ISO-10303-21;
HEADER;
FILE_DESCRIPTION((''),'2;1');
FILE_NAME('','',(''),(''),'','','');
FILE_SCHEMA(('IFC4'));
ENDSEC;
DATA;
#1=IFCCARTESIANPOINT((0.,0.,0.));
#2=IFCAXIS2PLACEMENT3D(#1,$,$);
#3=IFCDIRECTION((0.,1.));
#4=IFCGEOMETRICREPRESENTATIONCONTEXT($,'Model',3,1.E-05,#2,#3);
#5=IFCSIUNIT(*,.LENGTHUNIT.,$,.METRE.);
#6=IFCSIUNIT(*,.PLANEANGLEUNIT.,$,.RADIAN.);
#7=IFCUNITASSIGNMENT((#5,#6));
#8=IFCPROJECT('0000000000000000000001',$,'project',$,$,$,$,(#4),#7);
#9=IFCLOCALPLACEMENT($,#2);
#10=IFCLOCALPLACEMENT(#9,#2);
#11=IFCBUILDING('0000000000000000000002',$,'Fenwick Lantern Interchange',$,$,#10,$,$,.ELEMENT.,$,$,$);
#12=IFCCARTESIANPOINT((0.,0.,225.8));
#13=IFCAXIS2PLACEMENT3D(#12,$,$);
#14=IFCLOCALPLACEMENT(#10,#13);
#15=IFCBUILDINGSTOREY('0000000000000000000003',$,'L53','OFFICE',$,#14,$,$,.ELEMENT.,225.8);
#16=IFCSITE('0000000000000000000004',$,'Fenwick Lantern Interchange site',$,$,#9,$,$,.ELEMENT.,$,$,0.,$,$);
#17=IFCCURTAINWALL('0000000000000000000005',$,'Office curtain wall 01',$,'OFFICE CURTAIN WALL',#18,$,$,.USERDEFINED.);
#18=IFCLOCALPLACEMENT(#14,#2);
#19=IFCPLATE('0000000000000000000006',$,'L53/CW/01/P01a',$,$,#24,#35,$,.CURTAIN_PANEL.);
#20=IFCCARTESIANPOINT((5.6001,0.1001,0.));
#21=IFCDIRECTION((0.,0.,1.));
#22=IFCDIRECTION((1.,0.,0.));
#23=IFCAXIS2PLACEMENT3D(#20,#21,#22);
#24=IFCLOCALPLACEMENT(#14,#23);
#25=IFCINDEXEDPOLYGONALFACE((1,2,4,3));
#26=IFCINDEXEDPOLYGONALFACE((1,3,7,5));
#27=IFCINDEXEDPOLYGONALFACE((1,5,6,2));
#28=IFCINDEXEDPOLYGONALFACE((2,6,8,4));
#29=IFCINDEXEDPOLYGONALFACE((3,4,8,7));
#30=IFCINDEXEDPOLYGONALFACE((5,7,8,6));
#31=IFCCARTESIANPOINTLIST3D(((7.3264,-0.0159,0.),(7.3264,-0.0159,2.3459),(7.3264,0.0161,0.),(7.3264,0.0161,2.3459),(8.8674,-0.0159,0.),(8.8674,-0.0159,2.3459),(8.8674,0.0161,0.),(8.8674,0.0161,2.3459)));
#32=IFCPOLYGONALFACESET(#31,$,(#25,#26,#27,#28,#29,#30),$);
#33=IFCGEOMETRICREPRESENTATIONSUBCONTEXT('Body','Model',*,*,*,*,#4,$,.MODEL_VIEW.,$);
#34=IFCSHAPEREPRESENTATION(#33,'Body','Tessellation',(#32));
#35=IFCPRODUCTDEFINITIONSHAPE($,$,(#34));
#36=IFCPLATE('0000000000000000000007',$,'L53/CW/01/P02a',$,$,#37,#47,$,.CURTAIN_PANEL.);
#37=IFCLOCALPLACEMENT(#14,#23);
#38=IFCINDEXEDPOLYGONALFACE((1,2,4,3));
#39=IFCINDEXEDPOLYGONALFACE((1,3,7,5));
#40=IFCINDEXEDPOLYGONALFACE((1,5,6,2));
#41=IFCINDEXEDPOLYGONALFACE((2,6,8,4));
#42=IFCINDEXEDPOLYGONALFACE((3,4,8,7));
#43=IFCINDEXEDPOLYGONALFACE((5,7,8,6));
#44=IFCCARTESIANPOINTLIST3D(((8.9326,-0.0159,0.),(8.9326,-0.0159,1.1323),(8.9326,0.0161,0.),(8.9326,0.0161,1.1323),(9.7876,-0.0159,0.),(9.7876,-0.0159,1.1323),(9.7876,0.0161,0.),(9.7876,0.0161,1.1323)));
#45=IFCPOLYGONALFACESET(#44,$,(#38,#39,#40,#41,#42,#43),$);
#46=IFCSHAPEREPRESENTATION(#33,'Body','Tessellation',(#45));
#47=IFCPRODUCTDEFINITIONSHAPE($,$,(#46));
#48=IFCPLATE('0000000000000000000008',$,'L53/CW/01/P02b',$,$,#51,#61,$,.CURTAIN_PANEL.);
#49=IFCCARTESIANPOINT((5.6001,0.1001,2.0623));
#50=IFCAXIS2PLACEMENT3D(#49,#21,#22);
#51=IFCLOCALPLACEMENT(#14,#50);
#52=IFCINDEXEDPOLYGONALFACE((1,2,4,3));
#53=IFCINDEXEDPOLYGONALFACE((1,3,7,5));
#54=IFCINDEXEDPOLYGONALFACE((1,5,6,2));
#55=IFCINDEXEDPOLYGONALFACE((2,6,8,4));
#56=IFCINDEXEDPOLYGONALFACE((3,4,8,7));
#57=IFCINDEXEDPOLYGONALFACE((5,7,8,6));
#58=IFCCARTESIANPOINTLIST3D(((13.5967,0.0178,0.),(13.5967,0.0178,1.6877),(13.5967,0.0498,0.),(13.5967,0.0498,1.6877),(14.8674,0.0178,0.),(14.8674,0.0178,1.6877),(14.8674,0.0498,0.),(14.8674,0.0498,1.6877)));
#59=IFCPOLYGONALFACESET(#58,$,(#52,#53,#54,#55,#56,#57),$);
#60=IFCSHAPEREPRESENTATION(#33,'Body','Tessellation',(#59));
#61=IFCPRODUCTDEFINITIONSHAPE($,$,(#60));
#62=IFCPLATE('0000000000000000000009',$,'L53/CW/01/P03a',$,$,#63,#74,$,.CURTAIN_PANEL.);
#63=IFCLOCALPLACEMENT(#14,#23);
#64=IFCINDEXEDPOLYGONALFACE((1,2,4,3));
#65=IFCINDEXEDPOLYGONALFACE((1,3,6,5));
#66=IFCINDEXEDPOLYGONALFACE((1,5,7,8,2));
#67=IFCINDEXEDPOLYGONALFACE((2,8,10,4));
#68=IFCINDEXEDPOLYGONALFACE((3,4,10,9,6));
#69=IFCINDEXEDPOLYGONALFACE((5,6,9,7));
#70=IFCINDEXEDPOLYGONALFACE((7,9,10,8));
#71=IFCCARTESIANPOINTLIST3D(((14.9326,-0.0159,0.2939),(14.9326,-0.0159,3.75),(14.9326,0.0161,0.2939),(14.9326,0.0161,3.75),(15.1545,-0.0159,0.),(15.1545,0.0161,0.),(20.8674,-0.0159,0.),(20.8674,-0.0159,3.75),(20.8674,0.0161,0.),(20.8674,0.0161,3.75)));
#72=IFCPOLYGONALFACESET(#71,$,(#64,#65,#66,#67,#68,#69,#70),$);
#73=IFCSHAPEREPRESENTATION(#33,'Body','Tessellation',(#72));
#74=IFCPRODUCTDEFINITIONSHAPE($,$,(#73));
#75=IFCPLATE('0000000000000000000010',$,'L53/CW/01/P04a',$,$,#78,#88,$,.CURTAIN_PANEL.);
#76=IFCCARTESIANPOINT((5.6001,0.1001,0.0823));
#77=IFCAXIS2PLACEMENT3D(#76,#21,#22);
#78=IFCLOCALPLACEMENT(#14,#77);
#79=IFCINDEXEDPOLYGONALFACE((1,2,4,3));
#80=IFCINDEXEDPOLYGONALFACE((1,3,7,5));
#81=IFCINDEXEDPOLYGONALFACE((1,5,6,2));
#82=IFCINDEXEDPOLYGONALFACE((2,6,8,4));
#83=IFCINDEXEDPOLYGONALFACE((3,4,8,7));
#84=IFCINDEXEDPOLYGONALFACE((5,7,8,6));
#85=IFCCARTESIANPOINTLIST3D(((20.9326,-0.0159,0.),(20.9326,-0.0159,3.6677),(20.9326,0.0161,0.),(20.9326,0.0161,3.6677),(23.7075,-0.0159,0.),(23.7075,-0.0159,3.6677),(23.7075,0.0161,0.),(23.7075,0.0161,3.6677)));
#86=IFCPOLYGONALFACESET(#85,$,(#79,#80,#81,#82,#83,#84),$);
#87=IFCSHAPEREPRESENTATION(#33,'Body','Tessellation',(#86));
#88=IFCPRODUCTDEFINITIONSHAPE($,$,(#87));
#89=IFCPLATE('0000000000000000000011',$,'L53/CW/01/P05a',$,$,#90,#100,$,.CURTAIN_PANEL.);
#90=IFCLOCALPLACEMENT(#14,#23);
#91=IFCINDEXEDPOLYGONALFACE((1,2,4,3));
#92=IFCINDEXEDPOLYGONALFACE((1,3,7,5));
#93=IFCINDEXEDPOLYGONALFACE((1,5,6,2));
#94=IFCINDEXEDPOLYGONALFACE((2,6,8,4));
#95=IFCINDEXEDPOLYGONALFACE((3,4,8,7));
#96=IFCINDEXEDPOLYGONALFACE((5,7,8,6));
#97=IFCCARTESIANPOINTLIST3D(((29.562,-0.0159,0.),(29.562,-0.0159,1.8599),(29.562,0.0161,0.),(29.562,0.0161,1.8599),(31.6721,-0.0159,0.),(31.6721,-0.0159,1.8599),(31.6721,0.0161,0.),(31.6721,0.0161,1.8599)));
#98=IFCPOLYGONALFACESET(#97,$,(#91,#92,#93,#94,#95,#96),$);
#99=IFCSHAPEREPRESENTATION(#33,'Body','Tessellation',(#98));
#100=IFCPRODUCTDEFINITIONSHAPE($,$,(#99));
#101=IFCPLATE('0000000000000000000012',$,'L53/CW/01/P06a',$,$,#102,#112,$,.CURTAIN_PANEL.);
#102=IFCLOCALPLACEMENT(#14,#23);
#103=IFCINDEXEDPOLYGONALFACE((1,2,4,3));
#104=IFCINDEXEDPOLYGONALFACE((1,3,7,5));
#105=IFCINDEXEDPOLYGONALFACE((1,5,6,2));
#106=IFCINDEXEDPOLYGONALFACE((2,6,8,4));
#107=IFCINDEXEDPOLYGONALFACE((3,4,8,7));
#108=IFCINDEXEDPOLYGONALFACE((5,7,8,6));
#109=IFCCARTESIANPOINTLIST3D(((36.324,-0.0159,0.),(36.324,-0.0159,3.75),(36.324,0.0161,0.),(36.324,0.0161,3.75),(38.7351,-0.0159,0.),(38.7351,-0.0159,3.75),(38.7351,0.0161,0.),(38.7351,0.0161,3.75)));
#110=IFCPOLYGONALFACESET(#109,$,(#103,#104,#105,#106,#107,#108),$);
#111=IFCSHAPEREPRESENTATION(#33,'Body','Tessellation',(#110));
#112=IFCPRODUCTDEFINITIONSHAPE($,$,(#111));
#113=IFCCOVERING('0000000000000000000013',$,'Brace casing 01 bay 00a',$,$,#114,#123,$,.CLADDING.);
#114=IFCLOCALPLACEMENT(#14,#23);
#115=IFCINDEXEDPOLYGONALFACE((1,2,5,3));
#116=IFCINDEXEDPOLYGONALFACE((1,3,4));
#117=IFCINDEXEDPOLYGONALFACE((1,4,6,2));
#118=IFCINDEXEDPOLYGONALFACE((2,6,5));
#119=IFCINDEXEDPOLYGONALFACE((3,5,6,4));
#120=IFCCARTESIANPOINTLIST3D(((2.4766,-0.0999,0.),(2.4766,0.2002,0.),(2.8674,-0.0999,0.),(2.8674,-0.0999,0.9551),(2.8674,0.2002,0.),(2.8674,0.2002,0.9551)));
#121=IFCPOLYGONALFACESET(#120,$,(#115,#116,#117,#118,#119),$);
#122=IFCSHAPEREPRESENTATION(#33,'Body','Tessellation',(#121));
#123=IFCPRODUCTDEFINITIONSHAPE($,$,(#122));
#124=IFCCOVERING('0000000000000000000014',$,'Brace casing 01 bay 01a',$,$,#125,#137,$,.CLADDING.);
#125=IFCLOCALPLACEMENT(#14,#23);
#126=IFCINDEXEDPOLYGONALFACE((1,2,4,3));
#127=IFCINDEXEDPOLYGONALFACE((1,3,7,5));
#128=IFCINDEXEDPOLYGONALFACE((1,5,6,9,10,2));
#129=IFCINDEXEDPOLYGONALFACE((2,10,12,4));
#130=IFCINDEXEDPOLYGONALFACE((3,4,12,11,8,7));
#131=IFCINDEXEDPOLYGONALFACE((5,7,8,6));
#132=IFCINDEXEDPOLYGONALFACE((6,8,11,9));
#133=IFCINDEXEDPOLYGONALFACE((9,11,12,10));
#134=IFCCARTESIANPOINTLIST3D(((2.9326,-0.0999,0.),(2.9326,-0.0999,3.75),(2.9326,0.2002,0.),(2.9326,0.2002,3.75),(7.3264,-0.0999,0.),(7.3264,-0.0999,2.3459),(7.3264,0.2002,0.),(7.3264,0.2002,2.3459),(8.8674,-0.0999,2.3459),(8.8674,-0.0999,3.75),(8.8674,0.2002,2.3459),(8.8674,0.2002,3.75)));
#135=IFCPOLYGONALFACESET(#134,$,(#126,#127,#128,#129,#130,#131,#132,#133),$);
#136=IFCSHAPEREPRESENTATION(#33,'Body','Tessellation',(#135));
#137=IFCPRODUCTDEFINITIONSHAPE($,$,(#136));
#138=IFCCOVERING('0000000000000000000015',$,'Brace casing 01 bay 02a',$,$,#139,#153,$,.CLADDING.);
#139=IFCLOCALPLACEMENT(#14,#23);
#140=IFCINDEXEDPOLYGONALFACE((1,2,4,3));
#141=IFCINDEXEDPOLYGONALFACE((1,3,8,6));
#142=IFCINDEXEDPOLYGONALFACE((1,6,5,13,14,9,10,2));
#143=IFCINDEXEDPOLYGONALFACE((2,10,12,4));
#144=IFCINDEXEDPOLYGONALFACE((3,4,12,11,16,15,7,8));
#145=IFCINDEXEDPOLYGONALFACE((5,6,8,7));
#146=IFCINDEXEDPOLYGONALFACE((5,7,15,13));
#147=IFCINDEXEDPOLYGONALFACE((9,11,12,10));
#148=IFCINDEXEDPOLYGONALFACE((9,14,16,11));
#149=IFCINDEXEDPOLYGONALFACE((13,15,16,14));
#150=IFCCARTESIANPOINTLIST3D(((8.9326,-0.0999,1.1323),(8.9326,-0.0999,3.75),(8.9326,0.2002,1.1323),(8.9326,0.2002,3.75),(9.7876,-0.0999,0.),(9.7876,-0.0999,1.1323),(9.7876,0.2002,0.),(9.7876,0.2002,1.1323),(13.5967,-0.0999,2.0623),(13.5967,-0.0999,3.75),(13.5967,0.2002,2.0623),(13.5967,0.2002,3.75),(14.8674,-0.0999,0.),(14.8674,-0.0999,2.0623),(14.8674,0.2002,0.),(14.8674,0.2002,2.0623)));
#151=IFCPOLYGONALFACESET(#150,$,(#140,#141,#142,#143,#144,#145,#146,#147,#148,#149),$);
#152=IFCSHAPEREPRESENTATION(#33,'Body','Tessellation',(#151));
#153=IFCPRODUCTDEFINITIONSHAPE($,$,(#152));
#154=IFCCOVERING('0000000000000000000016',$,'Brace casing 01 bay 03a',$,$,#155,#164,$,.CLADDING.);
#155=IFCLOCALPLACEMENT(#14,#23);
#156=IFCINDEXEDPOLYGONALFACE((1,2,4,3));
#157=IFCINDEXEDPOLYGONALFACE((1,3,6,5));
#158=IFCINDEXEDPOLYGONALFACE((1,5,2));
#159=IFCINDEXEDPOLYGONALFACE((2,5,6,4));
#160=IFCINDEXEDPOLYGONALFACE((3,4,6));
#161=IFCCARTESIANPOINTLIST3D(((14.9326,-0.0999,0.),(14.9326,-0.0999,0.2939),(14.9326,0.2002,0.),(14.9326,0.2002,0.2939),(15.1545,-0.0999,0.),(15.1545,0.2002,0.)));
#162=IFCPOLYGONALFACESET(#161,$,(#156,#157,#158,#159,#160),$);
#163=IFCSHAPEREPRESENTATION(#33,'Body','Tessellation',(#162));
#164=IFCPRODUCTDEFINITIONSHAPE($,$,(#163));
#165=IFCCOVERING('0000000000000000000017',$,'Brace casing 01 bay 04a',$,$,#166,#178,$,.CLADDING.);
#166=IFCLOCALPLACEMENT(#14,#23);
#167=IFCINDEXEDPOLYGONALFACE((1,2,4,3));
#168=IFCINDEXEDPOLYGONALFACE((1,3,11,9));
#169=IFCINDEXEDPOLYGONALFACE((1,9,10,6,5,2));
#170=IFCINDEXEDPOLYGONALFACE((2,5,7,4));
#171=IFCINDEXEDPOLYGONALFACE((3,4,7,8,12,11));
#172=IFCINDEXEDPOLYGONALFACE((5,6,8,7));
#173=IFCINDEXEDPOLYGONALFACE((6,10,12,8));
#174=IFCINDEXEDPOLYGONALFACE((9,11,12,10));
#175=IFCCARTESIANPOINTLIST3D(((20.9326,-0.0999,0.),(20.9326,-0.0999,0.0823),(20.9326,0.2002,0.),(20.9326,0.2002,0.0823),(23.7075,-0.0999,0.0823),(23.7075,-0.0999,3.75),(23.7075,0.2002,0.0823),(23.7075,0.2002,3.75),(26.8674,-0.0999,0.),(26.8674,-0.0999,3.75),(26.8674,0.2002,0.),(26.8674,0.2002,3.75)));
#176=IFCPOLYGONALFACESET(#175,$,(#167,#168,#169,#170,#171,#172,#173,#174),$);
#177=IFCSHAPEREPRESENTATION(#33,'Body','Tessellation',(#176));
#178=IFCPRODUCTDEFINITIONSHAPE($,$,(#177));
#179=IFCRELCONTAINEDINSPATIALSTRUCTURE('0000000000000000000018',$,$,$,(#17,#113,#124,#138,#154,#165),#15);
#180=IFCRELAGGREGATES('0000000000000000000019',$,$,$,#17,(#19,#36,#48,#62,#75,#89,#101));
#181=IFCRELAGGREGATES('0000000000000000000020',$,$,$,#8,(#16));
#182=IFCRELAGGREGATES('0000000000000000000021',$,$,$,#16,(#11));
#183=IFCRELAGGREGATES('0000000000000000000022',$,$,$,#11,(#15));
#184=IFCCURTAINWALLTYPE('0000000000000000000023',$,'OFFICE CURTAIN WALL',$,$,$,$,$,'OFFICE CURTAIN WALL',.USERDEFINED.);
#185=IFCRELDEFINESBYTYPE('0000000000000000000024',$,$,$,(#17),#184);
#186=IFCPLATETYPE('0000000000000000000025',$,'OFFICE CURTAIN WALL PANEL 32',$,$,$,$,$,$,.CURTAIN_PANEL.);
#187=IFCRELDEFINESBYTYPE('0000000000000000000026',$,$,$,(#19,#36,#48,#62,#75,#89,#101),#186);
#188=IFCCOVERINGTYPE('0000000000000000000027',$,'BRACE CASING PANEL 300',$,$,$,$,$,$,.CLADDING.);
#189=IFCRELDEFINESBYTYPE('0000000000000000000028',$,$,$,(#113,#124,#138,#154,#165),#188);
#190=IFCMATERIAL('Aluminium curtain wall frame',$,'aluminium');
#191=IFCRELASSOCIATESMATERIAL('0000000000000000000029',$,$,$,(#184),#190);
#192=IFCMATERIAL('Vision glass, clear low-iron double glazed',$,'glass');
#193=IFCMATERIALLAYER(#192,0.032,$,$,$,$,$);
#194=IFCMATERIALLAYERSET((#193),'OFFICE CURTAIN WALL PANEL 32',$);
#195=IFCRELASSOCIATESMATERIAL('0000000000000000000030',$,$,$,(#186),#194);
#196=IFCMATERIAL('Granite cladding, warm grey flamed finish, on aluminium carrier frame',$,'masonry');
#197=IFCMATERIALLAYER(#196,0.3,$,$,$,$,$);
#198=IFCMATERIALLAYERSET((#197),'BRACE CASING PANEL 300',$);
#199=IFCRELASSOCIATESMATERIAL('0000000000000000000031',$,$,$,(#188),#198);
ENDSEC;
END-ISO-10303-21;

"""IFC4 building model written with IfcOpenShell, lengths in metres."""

from ifc_helpers import new_model, si_unit, direction, frame, origin, place, context, subcontext, project, spatial, polyline, outline, extrude, material, layer, layer_set, type_object, element, aggregate, save


model = new_model("IFC4")

# Units and contexts
model_context = context("Model", 3, precision=1e-05, world=origin(), true_north=direction((0.0, 1.0)))
body_context = subcontext(model_context, "Body", "Model", "MODEL_VIEW")
ifc_project = project(units=[si_unit("LENGTHUNIT", "METRE"), si_unit("PLANEANGLEUNIT", "RADIAN")], contexts=[model_context])

# Site, building, storey
site_placement = place(None, origin())
site = spatial("IfcSite", under=ifc_project, at=site_placement, Name="Fenwick Lantern Interchange site", CompositionType="ELEMENT", RefElevation=0.0)
building_placement = place(site_placement, origin())
building = spatial("IfcBuilding", under=site, at=building_placement, Name="Fenwick Lantern Interchange", CompositionType="ELEMENT")
storey_placement = place(building_placement, frame((0.0, 0.0, 225.8)))
storey = spatial("IfcBuildingStorey", under=building, at=storey_placement, Name="L53", Description="OFFICE", CompositionType="ELEMENT", Elevation=225.8)

# Curtain wall
ifc_material_1 = material(Name="Aluminium curtain wall frame", Category="aluminium")
curtain_wall_type = type_object("IfcCurtainWallType", Name="OFFICE CURTAIN WALL", ElementType="OFFICE CURTAIN WALL", PredefinedType="USERDEFINED", material=ifc_material_1)
curtain_wall_1_placement = place(storey_placement, origin())
curtain_wall_1 = element("IfcCurtainWall", 1, at=curtain_wall_1_placement, inside=storey, type_object=curtain_wall_type, Name="Office curtain wall 01", ObjectType="OFFICE CURTAIN WALL", PredefinedType="USERDEFINED")

# Plates
ifc_material_2 = material(Name="Vision glass, clear low-iron double glazed", Category="glass")
ifc_layer_1 = layer(ifc_material_2, 0.032)
ifc_layer_set_1 = layer_set([ifc_layer_1], Name="OFFICE CURTAIN WALL PANEL 32")
plate_type = type_object("IfcPlateType", Name="OFFICE CURTAIN WALL PANEL 32", PredefinedType="CURTAIN_PANEL", material=ifc_layer_set_1)
plate_1_placement = place(storey_placement, frame((5.6001, 0.1001, 0.0), z_axis=(0.0, 0.0, 1.0), x_axis=(1.0, 0.0, 0.0)))
plate_1 = element("IfcPlate", 2, at=plate_1_placement, type_object=plate_type, Name="L53/CW/01/P01a", PredefinedType="CURTAIN_PANEL", context=body_context, shape_type="SweptSolid", body=[
    extrude(outline(polyline([(7.3264, 0.0), (8.8674, 0.0), (8.8674, 2.3459), (7.3264, 2.3459), (7.3264, 0.0)])), frame((0.0, 0.0161, 0.0), z_axis=(0.0, -1.0, 0.0), x_axis=(1.0, 0.0, 0.0)), (0.0, 0.0, 1.0), 0.032),
])
plate_2_placement = place(storey_placement, frame((5.6001, 0.1001, 0.0), z_axis=(0.0, 0.0, 1.0), x_axis=(1.0, 0.0, 0.0)))
plate_2 = element("IfcPlate", 3, at=plate_2_placement, type_object=plate_type, Name="L53/CW/01/P02a", PredefinedType="CURTAIN_PANEL", context=body_context, shape_type="SweptSolid", body=[
    extrude(outline(polyline([(8.9326, 0.0), (9.7876, 0.0), (9.7876, 1.1323), (8.9326, 1.1323), (8.9326, 0.0)])), frame((0.0, 0.0161, 0.0), z_axis=(0.0, -1.0, 0.0), x_axis=(1.0, 0.0, 0.0)), (0.0, 0.0, 1.0), 0.032),
])
plate_3_placement = place(storey_placement, frame((5.6001, 0.1001, 2.0623), z_axis=(0.0, 0.0, 1.0), x_axis=(1.0, 0.0, 0.0)))
plate_3 = element("IfcPlate", 4, at=plate_3_placement, type_object=plate_type, Name="L53/CW/01/P02b", PredefinedType="CURTAIN_PANEL", context=body_context, shape_type="SweptSolid", body=[
    extrude(outline(polyline([(13.5967, 0.0), (14.8674, 0.0), (14.8674, 1.6877), (13.5967, 1.6877), (13.5967, 0.0)])), frame((0.0, 0.0498, 0.0), z_axis=(0.0, -1.0, 0.0), x_axis=(1.0, 0.0, 0.0)), (0.0, 0.0, 1.0), 0.032),
])
plate_4_placement = place(storey_placement, frame((5.6001, 0.1001, 0.0), z_axis=(0.0, 0.0, 1.0), x_axis=(1.0, 0.0, 0.0)))
plate_4 = element("IfcPlate", 5, at=plate_4_placement, type_object=plate_type, Name="L53/CW/01/P03a", PredefinedType="CURTAIN_PANEL", context=body_context, shape_type="SweptSolid", body=[
    extrude(outline(polyline([(15.1545, 0.0), (20.8674, 0.0), (20.8674, 3.75), (14.9326, 3.75), (14.9326, 0.2939), (15.1545, 0.0)])), frame((0.0, 0.0161, 0.0), z_axis=(0.0, -1.0, 0.0), x_axis=(1.0, 0.0, 0.0)), (0.0, 0.0, 1.0), 0.032),
])
plate_5_placement = place(storey_placement, frame((5.6001, 0.1001, 0.0823), z_axis=(0.0, 0.0, 1.0), x_axis=(1.0, 0.0, 0.0)))
plate_5 = element("IfcPlate", 6, at=plate_5_placement, type_object=plate_type, Name="L53/CW/01/P04a", PredefinedType="CURTAIN_PANEL", context=body_context, shape_type="SweptSolid", body=[
    extrude(outline(polyline([(20.9326, 0.0), (23.7075, 0.0), (23.7075, 3.6677), (20.9326, 3.6677), (20.9326, 0.0)])), frame((0.0, 0.0161, 0.0), z_axis=(0.0, -1.0, 0.0), x_axis=(1.0, 0.0, 0.0)), (0.0, 0.0, 1.0), 0.032),
])
plate_6_placement = place(storey_placement, frame((5.6001, 0.1001, 0.0), z_axis=(0.0, 0.0, 1.0), x_axis=(1.0, 0.0, 0.0)))
plate_6 = element("IfcPlate", 7, at=plate_6_placement, type_object=plate_type, Name="L53/CW/01/P05a", PredefinedType="CURTAIN_PANEL", context=body_context, shape_type="SweptSolid", body=[
    extrude(outline(polyline([(29.562, 0.0), (31.6721, 0.0), (31.6721, 1.8599), (29.562, 1.8599), (29.562, 0.0)])), frame((0.0, 0.0161, 0.0), z_axis=(0.0, -1.0, 0.0), x_axis=(1.0, 0.0, 0.0)), (0.0, 0.0, 1.0), 0.032),
])
plate_7_placement = place(storey_placement, frame((5.6001, 0.1001, 0.0), z_axis=(0.0, 0.0, 1.0), x_axis=(1.0, 0.0, 0.0)))
plate_7 = element("IfcPlate", 8, at=plate_7_placement, type_object=plate_type, Name="L53/CW/01/P06a", PredefinedType="CURTAIN_PANEL", context=body_context, shape_type="SweptSolid", body=[
    extrude(outline(polyline([(36.324, 0.0), (38.7351, 0.0), (38.7351, 3.75), (36.324, 3.75), (36.324, 0.0)])), frame((0.0, 0.0161, 0.0), z_axis=(0.0, -1.0, 0.0), x_axis=(1.0, 0.0, 0.0)), (0.0, 0.0, 1.0), 0.032),
])
aggregate(curtain_wall_1, [plate_1, plate_2, plate_3, plate_4, plate_5, plate_6, plate_7])

# Coverings
ifc_material_3 = material(Name="Granite cladding, warm grey flamed finish, on aluminium carrier frame", Category="masonry")
ifc_layer_2 = layer(ifc_material_3, 0.3)
ifc_layer_set_2 = layer_set([ifc_layer_2], Name="BRACE CASING PANEL 300")
covering_type = type_object("IfcCoveringType", Name="BRACE CASING PANEL 300", PredefinedType="CLADDING", material=ifc_layer_set_2)
covering_1_placement = place(storey_placement, frame((5.6001, 0.1001, 0.0), z_axis=(0.0, 0.0, 1.0), x_axis=(1.0, 0.0, 0.0)))
element("IfcCovering", 9, at=covering_1_placement, inside=storey, type_object=covering_type, Name="Brace casing 01 bay 00a", PredefinedType="CLADDING", context=body_context, shape_type="SweptSolid", body=[
    extrude(outline(polyline([(2.4766, 0.0), (2.8674, 0.0), (2.8674, 0.9551), (2.4766, 0.0)])), frame((0.0, 0.2002, 0.0), z_axis=(0.0, -1.0, 0.0), x_axis=(1.0, 0.0, 0.0)), (0.0, 0.0, 1.0), 0.3),
])
covering_2_placement = place(storey_placement, frame((5.6001, 0.1001, 0.0), z_axis=(0.0, 0.0, 1.0), x_axis=(1.0, 0.0, 0.0)))
element("IfcCovering", 10, at=covering_2_placement, inside=storey, type_object=covering_type, Name="Brace casing 01 bay 01a", PredefinedType="CLADDING", context=body_context, shape_type="SweptSolid", body=[
    extrude(outline(polyline([(2.9326, 0.0), (7.3264, 0.0), (7.3264, 2.3459), (8.8674, 2.3459), (8.8674, 3.75), (2.9326, 3.75), (2.9326, 0.0)])), frame((0.0, 0.2002, 0.0), z_axis=(0.0, -1.0, 0.0), x_axis=(1.0, 0.0, 0.0)), (0.0, 0.0, 1.0), 0.3),
])
covering_3_placement = place(storey_placement, frame((5.6001, 0.1001, 0.0), z_axis=(0.0, 0.0, 1.0), x_axis=(1.0, 0.0, 0.0)))
element("IfcCovering", 11, at=covering_3_placement, inside=storey, type_object=covering_type, Name="Brace casing 01 bay 02a", PredefinedType="CLADDING", context=body_context, shape_type="SweptSolid", body=[
    extrude(outline(polyline([(9.7876, 0.0), (14.8674, 0.0), (14.8674, 2.0623), (13.5967, 2.0623), (13.5967, 3.75), (8.9326, 3.75), (8.9326, 1.1323), (9.7876, 1.1323), (9.7876, 0.0)])), frame((0.0, 0.2002, 0.0), z_axis=(0.0, -1.0, 0.0), x_axis=(1.0, 0.0, 0.0)), (0.0, 0.0, 1.0), 0.3),
])
covering_4_placement = place(storey_placement, frame((5.6001, 0.1001, 0.0), z_axis=(0.0, 0.0, 1.0), x_axis=(1.0, 0.0, 0.0)))
element("IfcCovering", 12, at=covering_4_placement, inside=storey, type_object=covering_type, Name="Brace casing 01 bay 03a", PredefinedType="CLADDING", context=body_context, shape_type="SweptSolid", body=[
    extrude(outline(polyline([(14.9326, 0.0), (15.1545, 0.0), (14.9326, 0.2939), (14.9326, 0.0)])), frame((0.0, 0.2002, 0.0), z_axis=(0.0, -1.0, 0.0), x_axis=(1.0, 0.0, 0.0)), (0.0, 0.0, 1.0), 0.3),
])
covering_5_placement = place(storey_placement, frame((5.6001, 0.1001, 0.0), z_axis=(0.0, 0.0, 1.0), x_axis=(1.0, 0.0, 0.0)))
element("IfcCovering", 13, at=covering_5_placement, inside=storey, type_object=covering_type, Name="Brace casing 01 bay 04a", PredefinedType="CLADDING", context=body_context, shape_type="SweptSolid", body=[
    extrude(outline(polyline([(20.9326, 0.0), (26.8674, 0.0), (26.8674, 3.75), (23.7075, 3.75), (23.7075, 0.0823), (20.9326, 0.0823), (20.9326, 0.0)])), frame((0.0, 0.2002, 0.0), z_axis=(0.0, -1.0, 0.0), x_axis=(1.0, 0.0, 0.0)), (0.0, 0.0, 1.0), 0.3),
])

save(model, "model.ifc")
